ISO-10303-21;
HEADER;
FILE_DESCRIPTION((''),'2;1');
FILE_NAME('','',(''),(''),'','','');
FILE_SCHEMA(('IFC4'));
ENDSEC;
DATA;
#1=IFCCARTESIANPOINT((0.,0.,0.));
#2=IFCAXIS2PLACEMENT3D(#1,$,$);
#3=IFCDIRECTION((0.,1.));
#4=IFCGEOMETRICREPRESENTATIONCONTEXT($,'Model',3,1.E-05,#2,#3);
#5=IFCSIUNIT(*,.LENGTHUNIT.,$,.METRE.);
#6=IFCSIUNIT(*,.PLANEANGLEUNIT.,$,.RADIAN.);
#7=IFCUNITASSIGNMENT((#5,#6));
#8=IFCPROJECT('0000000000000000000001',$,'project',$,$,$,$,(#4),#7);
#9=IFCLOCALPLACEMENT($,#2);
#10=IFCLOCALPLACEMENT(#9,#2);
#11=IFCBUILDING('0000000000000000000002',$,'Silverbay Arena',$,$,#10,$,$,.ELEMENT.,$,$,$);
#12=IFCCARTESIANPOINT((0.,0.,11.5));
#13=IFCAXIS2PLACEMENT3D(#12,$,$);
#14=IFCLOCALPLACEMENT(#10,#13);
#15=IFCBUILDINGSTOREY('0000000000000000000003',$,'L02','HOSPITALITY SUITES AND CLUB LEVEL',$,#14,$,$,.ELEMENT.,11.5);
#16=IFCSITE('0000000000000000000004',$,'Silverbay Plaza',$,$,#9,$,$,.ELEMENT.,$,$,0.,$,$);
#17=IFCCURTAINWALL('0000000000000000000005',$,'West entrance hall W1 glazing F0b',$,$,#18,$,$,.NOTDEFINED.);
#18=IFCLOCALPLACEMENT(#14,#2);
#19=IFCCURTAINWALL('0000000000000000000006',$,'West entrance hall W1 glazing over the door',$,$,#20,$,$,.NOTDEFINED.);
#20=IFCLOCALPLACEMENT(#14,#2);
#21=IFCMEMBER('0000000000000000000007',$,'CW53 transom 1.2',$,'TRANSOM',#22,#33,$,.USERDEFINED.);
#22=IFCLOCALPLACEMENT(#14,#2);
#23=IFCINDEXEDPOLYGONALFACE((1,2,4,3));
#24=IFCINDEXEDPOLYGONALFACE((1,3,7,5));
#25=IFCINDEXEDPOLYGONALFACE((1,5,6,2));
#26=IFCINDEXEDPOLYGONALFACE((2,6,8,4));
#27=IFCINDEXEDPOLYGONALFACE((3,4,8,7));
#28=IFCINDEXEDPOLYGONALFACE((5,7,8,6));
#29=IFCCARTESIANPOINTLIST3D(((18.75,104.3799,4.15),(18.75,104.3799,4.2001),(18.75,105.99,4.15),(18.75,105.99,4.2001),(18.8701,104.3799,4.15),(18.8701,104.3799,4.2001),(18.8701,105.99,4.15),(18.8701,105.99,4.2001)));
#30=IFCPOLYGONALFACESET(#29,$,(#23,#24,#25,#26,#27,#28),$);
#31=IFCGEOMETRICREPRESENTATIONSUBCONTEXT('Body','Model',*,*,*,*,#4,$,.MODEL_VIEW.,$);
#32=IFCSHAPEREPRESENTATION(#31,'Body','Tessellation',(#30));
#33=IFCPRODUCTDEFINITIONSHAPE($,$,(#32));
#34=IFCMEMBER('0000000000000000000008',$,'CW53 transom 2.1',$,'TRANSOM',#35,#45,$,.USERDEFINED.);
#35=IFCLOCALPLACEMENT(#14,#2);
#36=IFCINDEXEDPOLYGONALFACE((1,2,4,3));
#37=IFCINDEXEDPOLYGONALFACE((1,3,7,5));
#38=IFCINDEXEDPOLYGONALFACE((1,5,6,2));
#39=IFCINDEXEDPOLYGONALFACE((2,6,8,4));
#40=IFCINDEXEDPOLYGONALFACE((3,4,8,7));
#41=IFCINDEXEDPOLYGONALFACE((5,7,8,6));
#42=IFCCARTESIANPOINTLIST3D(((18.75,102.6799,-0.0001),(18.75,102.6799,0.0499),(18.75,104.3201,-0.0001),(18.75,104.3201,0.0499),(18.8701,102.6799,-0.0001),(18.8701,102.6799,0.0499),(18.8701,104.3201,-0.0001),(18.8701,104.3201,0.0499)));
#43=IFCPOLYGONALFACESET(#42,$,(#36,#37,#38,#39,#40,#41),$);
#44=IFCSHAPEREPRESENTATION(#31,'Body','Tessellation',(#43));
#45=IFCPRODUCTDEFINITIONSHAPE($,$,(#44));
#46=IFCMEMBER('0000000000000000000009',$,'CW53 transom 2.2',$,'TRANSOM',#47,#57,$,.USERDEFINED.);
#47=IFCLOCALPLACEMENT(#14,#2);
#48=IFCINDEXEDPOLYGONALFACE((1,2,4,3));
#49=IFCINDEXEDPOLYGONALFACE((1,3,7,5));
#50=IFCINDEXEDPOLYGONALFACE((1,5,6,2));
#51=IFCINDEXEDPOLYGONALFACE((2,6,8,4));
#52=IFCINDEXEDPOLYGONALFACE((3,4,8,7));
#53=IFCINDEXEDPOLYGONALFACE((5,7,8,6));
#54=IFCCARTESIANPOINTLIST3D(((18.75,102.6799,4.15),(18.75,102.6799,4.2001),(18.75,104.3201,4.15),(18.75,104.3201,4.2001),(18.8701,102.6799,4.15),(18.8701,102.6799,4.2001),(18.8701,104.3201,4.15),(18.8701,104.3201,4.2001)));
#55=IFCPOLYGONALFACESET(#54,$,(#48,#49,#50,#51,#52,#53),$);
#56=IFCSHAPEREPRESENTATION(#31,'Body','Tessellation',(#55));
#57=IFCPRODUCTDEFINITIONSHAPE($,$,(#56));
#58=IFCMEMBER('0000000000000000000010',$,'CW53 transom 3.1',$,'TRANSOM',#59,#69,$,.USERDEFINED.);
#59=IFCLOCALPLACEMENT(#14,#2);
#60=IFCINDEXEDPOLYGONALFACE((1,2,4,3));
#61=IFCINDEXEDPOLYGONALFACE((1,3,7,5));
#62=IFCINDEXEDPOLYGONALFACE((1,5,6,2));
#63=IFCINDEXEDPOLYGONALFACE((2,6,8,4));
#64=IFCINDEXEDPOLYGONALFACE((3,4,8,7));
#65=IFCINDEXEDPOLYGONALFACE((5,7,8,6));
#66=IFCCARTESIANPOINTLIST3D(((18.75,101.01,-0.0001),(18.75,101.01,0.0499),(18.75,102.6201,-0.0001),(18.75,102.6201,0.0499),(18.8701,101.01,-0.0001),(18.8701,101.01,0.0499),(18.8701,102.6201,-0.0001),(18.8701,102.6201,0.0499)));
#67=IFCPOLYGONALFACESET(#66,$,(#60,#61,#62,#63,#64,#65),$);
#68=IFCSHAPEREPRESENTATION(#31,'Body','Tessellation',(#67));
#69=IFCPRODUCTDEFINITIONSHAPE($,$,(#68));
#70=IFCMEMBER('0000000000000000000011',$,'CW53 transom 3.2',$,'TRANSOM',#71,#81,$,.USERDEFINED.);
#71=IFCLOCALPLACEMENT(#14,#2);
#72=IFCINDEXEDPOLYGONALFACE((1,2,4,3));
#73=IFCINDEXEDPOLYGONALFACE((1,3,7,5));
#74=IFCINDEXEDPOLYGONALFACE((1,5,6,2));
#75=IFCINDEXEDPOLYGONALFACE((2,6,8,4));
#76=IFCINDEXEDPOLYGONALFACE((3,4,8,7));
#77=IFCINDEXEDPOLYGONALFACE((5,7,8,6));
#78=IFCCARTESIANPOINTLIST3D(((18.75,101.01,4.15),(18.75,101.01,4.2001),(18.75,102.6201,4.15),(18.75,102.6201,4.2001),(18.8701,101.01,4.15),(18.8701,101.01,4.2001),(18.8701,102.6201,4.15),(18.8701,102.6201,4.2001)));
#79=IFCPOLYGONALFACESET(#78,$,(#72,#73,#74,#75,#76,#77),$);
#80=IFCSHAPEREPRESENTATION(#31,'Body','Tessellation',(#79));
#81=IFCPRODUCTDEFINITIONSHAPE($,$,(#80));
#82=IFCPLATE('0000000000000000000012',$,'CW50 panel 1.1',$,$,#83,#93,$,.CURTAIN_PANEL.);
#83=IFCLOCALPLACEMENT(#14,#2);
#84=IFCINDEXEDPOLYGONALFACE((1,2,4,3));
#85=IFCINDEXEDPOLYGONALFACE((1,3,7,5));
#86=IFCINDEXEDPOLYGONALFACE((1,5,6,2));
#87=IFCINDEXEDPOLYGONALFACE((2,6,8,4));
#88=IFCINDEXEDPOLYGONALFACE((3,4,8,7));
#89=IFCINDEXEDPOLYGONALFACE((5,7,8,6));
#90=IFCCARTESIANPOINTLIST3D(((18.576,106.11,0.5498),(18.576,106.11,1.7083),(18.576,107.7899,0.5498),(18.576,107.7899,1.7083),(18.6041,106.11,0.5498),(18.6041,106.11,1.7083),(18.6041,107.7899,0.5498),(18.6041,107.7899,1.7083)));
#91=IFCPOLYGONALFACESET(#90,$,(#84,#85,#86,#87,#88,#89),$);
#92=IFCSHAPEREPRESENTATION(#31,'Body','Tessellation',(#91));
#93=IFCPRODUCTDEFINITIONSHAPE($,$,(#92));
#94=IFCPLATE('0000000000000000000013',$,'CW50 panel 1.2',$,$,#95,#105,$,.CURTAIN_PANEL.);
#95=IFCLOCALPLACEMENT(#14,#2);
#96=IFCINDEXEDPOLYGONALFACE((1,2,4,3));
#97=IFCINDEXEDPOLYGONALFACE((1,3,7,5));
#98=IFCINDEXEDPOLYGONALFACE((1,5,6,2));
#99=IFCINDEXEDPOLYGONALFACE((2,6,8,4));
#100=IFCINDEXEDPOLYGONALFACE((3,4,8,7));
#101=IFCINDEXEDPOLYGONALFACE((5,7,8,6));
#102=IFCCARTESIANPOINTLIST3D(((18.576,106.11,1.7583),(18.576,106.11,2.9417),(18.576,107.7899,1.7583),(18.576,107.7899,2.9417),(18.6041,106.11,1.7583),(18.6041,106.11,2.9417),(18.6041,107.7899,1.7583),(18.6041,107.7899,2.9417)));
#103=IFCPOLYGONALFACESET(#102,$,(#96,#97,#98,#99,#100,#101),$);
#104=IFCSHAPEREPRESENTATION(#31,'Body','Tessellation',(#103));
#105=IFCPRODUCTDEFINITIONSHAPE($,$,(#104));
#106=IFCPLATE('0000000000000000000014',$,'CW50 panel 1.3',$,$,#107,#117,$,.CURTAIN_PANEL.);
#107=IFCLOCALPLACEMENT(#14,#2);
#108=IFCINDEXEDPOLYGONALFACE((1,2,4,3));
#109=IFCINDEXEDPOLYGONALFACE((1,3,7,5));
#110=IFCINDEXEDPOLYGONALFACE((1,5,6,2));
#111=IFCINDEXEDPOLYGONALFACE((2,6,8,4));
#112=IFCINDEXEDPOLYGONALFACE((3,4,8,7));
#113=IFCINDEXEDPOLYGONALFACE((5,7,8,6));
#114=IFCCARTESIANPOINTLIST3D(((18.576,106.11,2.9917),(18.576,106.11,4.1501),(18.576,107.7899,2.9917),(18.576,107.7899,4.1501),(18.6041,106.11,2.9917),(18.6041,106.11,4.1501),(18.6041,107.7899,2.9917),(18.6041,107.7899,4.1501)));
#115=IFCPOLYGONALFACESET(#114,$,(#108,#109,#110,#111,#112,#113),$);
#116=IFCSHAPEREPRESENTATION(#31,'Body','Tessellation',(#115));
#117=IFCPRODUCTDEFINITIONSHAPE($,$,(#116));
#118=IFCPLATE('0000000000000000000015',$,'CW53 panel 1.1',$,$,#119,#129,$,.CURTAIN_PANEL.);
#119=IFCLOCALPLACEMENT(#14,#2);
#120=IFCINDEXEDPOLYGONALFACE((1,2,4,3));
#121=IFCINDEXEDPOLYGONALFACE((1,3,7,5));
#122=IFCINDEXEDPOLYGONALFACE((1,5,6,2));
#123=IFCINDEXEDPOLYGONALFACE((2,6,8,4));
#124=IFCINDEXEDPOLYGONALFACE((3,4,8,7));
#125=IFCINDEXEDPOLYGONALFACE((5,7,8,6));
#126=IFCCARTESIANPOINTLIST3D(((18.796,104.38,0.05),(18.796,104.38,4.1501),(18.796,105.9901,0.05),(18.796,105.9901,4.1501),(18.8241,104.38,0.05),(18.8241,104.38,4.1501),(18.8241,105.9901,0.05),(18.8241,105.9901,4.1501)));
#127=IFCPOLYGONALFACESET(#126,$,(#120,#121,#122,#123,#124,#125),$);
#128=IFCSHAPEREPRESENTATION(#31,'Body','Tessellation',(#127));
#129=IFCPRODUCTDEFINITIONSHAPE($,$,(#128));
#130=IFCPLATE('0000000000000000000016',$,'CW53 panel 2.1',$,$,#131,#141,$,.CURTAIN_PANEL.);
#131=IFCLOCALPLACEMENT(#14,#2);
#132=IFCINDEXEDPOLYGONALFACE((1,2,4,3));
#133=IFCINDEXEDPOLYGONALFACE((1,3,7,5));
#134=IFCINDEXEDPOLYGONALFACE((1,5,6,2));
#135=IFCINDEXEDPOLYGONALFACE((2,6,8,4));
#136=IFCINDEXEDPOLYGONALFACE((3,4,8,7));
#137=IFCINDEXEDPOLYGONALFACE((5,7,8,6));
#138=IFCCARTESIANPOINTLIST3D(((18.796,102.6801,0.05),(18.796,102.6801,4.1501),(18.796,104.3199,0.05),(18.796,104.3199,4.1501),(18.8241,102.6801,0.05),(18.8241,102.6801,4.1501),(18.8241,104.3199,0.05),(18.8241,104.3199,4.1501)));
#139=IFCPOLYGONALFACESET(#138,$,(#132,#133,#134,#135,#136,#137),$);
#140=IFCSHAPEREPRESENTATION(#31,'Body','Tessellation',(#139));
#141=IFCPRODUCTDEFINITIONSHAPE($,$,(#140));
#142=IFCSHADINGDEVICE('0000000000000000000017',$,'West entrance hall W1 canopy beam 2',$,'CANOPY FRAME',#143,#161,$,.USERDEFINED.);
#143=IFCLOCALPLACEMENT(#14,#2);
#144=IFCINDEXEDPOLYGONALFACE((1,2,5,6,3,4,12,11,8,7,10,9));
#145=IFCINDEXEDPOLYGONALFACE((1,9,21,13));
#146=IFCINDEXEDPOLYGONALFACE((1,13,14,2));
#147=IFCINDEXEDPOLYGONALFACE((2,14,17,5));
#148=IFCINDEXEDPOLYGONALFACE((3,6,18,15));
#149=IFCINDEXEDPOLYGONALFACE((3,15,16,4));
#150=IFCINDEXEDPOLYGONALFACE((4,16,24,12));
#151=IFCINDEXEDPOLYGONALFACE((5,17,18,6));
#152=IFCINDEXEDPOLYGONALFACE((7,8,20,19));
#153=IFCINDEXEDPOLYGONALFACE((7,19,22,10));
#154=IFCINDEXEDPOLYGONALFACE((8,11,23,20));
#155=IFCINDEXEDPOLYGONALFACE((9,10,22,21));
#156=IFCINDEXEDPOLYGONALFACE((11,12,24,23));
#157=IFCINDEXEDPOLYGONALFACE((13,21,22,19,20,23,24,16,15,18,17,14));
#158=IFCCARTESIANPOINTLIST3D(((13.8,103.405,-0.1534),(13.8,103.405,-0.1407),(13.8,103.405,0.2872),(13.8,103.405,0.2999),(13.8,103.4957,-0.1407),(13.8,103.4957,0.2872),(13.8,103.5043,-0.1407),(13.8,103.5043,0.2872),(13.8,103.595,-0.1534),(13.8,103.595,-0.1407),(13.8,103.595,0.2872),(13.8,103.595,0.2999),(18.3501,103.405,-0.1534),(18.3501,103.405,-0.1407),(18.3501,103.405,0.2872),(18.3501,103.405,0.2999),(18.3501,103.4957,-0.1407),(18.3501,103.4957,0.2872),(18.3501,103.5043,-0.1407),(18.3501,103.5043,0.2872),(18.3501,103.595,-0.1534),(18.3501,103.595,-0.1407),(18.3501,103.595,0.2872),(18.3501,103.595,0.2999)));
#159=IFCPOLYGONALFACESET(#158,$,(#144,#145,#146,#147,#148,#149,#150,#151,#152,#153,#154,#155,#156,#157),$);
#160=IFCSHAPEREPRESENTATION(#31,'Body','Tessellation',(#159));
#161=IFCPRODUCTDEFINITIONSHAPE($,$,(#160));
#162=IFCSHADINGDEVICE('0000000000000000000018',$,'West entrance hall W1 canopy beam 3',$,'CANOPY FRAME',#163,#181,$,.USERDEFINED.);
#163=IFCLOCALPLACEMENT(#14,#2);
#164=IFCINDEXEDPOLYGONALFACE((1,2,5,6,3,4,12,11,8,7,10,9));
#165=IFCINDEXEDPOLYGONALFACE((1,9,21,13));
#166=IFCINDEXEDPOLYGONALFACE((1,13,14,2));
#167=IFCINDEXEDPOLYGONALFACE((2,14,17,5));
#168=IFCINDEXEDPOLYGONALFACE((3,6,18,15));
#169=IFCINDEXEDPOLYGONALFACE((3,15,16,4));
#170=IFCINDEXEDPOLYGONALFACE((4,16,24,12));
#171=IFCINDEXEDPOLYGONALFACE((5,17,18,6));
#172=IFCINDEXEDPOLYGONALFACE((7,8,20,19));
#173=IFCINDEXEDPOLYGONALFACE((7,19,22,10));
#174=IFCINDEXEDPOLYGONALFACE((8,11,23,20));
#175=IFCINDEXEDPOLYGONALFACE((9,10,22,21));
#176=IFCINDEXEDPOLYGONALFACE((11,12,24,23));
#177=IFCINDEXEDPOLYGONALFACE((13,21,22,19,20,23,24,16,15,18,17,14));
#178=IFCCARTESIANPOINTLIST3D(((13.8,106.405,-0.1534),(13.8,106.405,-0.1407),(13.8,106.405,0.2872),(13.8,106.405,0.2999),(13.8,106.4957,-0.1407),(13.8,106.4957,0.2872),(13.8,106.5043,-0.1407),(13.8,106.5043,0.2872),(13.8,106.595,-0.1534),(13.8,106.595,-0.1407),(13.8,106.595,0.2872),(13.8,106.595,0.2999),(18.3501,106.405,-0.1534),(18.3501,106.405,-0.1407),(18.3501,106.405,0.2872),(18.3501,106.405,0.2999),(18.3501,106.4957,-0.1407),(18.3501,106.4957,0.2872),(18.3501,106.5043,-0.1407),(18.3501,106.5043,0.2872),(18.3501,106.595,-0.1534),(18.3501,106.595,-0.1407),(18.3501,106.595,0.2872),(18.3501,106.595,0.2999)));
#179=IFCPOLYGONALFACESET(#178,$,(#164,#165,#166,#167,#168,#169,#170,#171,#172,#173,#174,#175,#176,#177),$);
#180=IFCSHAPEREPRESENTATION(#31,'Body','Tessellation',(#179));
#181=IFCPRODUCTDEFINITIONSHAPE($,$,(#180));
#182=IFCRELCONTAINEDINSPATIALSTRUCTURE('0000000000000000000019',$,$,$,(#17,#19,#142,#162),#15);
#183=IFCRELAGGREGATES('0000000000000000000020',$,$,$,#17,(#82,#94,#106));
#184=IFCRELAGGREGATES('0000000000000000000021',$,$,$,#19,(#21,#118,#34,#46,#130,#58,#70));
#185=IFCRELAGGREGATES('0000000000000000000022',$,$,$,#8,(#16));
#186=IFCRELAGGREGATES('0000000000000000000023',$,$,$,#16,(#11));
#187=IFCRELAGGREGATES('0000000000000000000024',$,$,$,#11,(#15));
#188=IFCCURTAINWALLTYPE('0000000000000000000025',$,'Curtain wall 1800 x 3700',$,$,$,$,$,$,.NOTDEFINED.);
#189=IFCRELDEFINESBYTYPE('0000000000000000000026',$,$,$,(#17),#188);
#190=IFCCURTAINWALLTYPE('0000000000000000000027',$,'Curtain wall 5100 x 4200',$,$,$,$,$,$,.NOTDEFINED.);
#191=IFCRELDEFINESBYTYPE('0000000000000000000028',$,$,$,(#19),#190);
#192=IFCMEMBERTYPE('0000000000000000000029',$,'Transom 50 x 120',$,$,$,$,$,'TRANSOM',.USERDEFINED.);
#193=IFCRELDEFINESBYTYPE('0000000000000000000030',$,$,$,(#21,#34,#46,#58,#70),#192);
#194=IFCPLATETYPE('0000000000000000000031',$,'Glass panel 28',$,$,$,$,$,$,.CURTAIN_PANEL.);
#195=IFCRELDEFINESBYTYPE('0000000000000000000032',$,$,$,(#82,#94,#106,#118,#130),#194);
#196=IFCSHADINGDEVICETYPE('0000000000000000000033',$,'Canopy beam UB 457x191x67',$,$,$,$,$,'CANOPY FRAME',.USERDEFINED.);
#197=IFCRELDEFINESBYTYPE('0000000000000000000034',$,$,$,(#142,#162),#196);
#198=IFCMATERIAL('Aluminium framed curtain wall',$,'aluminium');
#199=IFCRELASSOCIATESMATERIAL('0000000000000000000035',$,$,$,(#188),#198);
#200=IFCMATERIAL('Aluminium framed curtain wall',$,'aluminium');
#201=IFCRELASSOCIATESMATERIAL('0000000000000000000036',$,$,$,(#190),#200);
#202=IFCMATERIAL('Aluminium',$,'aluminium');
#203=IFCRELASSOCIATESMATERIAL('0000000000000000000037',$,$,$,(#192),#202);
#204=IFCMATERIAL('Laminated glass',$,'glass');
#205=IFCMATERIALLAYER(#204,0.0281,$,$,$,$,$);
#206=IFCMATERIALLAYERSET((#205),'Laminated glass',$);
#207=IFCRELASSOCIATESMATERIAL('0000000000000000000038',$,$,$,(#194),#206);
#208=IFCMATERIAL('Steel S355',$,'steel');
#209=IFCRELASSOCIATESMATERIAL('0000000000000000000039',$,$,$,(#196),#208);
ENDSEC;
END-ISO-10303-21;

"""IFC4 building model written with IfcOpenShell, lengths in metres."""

from ifc_helpers import new_model, si_unit, direction, frame, origin, origin_2d, place, context, subcontext, project, spatial, rectangle, i_section, extrude, material, layer, layer_set, material_profile, profile_set, type_object, element, aggregate, save


model = new_model("IFC4")

# Units and contexts
model_context = context("Model", 3, precision=1e-05, world=origin(), true_north=direction((0.0, 1.0)))
body_context = subcontext(model_context, "Body", "Model", "MODEL_VIEW")
ifc_project = project(units=[si_unit("LENGTHUNIT", "METRE"), si_unit("PLANEANGLEUNIT", "RADIAN")], contexts=[model_context])

# Site, building, storey
site_placement = place(None, origin())
site = spatial("IfcSite", under=ifc_project, at=site_placement, Name="Silverbay Plaza", CompositionType="ELEMENT", RefElevation=0.0)
building_placement = place(site_placement, origin())
building = spatial("IfcBuilding", under=site, at=building_placement, Name="Silverbay Arena", CompositionType="ELEMENT")
storey_placement = place(building_placement, frame((0.0, 0.0, 11.5)))
storey = spatial("IfcBuildingStorey", under=building, at=storey_placement, Name="L02", Description="HOSPITALITY SUITES AND CLUB LEVEL", CompositionType="ELEMENT", Elevation=11.5)

# Curtain wall
ifc_material_1 = material(Name="Aluminium framed curtain wall", Category="aluminium")
curtain_wall_type_1 = type_object("IfcCurtainWallType", Name="Curtain wall 1800 x 3700", PredefinedType="NOTDEFINED", material=ifc_material_1)
curtain_wall_1_placement = place(storey_placement, origin())
curtain_wall_1 = element("IfcCurtainWall", 1, at=curtain_wall_1_placement, inside=storey, type_object=curtain_wall_type_1, Name="West entrance hall W1 glazing F0b", PredefinedType="NOTDEFINED")

# Curtain wall
ifc_material_2 = material(Name="Aluminium framed curtain wall", Category="aluminium")
curtain_wall_type_2 = type_object("IfcCurtainWallType", Name="Curtain wall 5100 x 4200", PredefinedType="NOTDEFINED", material=ifc_material_2)
curtain_wall_2_placement = place(storey_placement, origin())
curtain_wall_2 = element("IfcCurtainWall", 2, at=curtain_wall_2_placement, inside=storey, type_object=curtain_wall_type_2, Name="West entrance hall W1 glazing over the door", PredefinedType="NOTDEFINED")

# Members
ifc_material_3 = material(Name="Aluminium", Category="aluminium")
ifc_material_profile_1 = material_profile(ifc_material_3, rectangle(XDim=0.1201, YDim=0.05, at=origin_2d()), Name="Transom 50 x 120")
ifc_profile_set_1 = profile_set([ifc_material_profile_1], Name="Aluminium")
member_type_1 = type_object("IfcMemberType", Name="Transom 50 x 120", ElementType="TRANSOM", PredefinedType="USERDEFINED", material=ifc_profile_set_1)
member_1_placement = place(storey_placement, frame((18.8101, 105.99, 4.175), z_axis=(0.0, -1.0, 0.0), x_axis=(1.0, 0.0, 0.0)))
member_1 = element("IfcMember", 3, at=member_1_placement, type_object=member_type_1, Name="CW53 transom 1.2", ObjectType="TRANSOM", PredefinedType="USERDEFINED", context=body_context, shape_type="SweptSolid", body=[
    extrude(rectangle(XDim=0.1201, YDim=0.05, at=origin_2d()), origin(), (0.0, 0.0, 1.0), 1.6101),
])
member_2_placement = place(storey_placement, frame((18.8101, 104.3201, 0.0249), z_axis=(0.0, -1.0, 0.0), x_axis=(1.0, 0.0, 0.0)))
member_2 = element("IfcMember", 4, at=member_2_placement, type_object=member_type_1, Name="CW53 transom 2.1", ObjectType="TRANSOM", PredefinedType="USERDEFINED", context=body_context, shape_type="SweptSolid", body=[
    extrude(rectangle(XDim=0.1201, YDim=0.05, at=origin_2d()), origin(), (0.0, 0.0, 1.0), 1.6401),
])
member_3_placement = place(storey_placement, frame((18.8101, 104.3201, 4.175), z_axis=(0.0, -1.0, 0.0), x_axis=(1.0, 0.0, 0.0)))
member_3 = element("IfcMember", 5, at=member_3_placement, type_object=member_type_1, Name="CW53 transom 2.2", ObjectType="TRANSOM", PredefinedType="USERDEFINED", context=body_context, shape_type="SweptSolid", body=[
    extrude(rectangle(XDim=0.1201, YDim=0.05, at=origin_2d()), origin(), (0.0, 0.0, 1.0), 1.6401),
])
member_4_placement = place(storey_placement, frame((18.8101, 102.6201, 0.0249), z_axis=(0.0, -1.0, 0.0), x_axis=(1.0, 0.0, 0.0)))
member_4 = element("IfcMember", 6, at=member_4_placement, type_object=member_type_1, Name="CW53 transom 3.1", ObjectType="TRANSOM", PredefinedType="USERDEFINED", context=body_context, shape_type="SweptSolid", body=[
    extrude(rectangle(XDim=0.1201, YDim=0.05, at=origin_2d()), origin(), (0.0, 0.0, 1.0), 1.6101),
])
member_5_placement = place(storey_placement, frame((18.8101, 102.6201, 4.175), z_axis=(0.0, -1.0, 0.0), x_axis=(1.0, 0.0, 0.0)))
member_5 = element("IfcMember", 7, at=member_5_placement, type_object=member_type_1, Name="CW53 transom 3.2", ObjectType="TRANSOM", PredefinedType="USERDEFINED", context=body_context, shape_type="SweptSolid", body=[
    extrude(rectangle(XDim=0.1201, YDim=0.05, at=origin_2d()), origin(), (0.0, 0.0, 1.0), 1.6101),
])

# Plates
ifc_material_4 = material(Name="Laminated glass", Category="glass")
ifc_layer = layer(ifc_material_4, 0.0281)
ifc_layer_set = layer_set([ifc_layer], Name="Laminated glass")
plate_type = type_object("IfcPlateType", Name="Glass panel 28", PredefinedType="CURTAIN_PANEL", material=ifc_layer_set)
plate_1_placement = place(storey_placement, frame((18.5901, 106.95, 0.5498), z_axis=(0.0, 0.0, 1.0), x_axis=(0.0, 1.0, 0.0)))
plate_1 = element("IfcPlate", 8, at=plate_1_placement, type_object=plate_type, Name="CW50 panel 1.1", PredefinedType="CURTAIN_PANEL", context=body_context, shape_type="SweptSolid", body=[
    extrude(rectangle(XDim=1.6799, YDim=0.0281, at=origin_2d()), origin(), (0.0, 0.0, 1.0), 1.1584),
])
plate_2_placement = place(storey_placement, frame((18.5901, 106.95, 1.7583), z_axis=(0.0, 0.0, 1.0), x_axis=(0.0, 1.0, 0.0)))
plate_2 = element("IfcPlate", 9, at=plate_2_placement, type_object=plate_type, Name="CW50 panel 1.2", PredefinedType="CURTAIN_PANEL", context=body_context, shape_type="SweptSolid", body=[
    extrude(rectangle(XDim=1.6799, YDim=0.0281, at=origin_2d()), origin(), (0.0, 0.0, 1.0), 1.1833),
])
plate_3_placement = place(storey_placement, frame((18.5901, 106.95, 2.9917), z_axis=(0.0, 0.0, 1.0), x_axis=(0.0, 1.0, 0.0)))
plate_3 = element("IfcPlate", 10, at=plate_3_placement, type_object=plate_type, Name="CW50 panel 1.3", PredefinedType="CURTAIN_PANEL", context=body_context, shape_type="SweptSolid", body=[
    extrude(rectangle(XDim=1.6799, YDim=0.0281, at=origin_2d()), origin(), (0.0, 0.0, 1.0), 1.1584),
])
aggregate(curtain_wall_1, [plate_1, plate_2, plate_3])
plate_4_placement = place(storey_placement, frame((18.8101, 105.1851, 0.05), z_axis=(0.0, 0.0, 1.0), x_axis=(0.0, -1.0, 0.0)))
plate_4 = element("IfcPlate", 11, at=plate_4_placement, type_object=plate_type, Name="CW53 panel 1.1", PredefinedType="CURTAIN_PANEL", context=body_context, shape_type="SweptSolid", body=[
    extrude(rectangle(XDim=1.6101, YDim=0.0281, at=origin_2d()), origin(), (0.0, 0.0, 1.0), 4.1001),
])
plate_5_placement = place(storey_placement, frame((18.8101, 103.5, 0.05), z_axis=(0.0, 0.0, 1.0), x_axis=(0.0, -1.0, 0.0)))
plate_5 = element("IfcPlate", 12, at=plate_5_placement, type_object=plate_type, Name="CW53 panel 2.1", PredefinedType="CURTAIN_PANEL", context=body_context, shape_type="SweptSolid", body=[
    extrude(rectangle(XDim=1.6399, YDim=0.0281, at=origin_2d()), origin(), (0.0, 0.0, 1.0), 4.1001),
])
aggregate(curtain_wall_2, [member_1, plate_4, member_2, member_3, plate_5, member_4, member_5])

# Shading devices
ifc_material_5 = material(Name="Steel S355", Category="steel")
ifc_material_profile_2 = material_profile(ifc_material_5, i_section(OverallWidth=0.1899, OverallDepth=0.4534, WebThickness=0.0085, FlangeThickness=0.0127, at=origin_2d()), Name="UB 457x191x67")
ifc_profile_set_2 = profile_set([ifc_material_profile_2], Name="Steel S355")
shading_device_type_1 = type_object("IfcShadingDeviceType", Name="Canopy beam UB 457x191x67", ElementType="CANOPY FRAME", PredefinedType="USERDEFINED", material=ifc_profile_set_2)
for number, where, z_axis, x_axis, name in (
    (13, (18.3501, 103.5, 0.0732), (-1.0, 0.0, 0.0), (0.0, -1.0, 0.0), "West entrance hall W1 canopy beam 2"),
    (14, (18.3501, 106.5, 0.0732), (-1.0, 0.0, 0.0), (0.0, -1.0, 0.0), "West entrance hall W1 canopy beam 3"),
):
    element("IfcShadingDevice", number, at=place(storey_placement, frame(where, z_axis=z_axis, x_axis=x_axis)), inside=storey, type_object=shading_device_type_1, Name=name, ObjectType="CANOPY FRAME", PredefinedType="USERDEFINED", context=body_context, shape_type="SweptSolid", body=[
        extrude(i_section(OverallWidth=0.1899, OverallDepth=0.4534, WebThickness=0.0085, FlangeThickness=0.0127, at=origin_2d()), origin(), (0.0, 0.0, 1.0), 4.55),
    ])

save(model, "model.ifc")
